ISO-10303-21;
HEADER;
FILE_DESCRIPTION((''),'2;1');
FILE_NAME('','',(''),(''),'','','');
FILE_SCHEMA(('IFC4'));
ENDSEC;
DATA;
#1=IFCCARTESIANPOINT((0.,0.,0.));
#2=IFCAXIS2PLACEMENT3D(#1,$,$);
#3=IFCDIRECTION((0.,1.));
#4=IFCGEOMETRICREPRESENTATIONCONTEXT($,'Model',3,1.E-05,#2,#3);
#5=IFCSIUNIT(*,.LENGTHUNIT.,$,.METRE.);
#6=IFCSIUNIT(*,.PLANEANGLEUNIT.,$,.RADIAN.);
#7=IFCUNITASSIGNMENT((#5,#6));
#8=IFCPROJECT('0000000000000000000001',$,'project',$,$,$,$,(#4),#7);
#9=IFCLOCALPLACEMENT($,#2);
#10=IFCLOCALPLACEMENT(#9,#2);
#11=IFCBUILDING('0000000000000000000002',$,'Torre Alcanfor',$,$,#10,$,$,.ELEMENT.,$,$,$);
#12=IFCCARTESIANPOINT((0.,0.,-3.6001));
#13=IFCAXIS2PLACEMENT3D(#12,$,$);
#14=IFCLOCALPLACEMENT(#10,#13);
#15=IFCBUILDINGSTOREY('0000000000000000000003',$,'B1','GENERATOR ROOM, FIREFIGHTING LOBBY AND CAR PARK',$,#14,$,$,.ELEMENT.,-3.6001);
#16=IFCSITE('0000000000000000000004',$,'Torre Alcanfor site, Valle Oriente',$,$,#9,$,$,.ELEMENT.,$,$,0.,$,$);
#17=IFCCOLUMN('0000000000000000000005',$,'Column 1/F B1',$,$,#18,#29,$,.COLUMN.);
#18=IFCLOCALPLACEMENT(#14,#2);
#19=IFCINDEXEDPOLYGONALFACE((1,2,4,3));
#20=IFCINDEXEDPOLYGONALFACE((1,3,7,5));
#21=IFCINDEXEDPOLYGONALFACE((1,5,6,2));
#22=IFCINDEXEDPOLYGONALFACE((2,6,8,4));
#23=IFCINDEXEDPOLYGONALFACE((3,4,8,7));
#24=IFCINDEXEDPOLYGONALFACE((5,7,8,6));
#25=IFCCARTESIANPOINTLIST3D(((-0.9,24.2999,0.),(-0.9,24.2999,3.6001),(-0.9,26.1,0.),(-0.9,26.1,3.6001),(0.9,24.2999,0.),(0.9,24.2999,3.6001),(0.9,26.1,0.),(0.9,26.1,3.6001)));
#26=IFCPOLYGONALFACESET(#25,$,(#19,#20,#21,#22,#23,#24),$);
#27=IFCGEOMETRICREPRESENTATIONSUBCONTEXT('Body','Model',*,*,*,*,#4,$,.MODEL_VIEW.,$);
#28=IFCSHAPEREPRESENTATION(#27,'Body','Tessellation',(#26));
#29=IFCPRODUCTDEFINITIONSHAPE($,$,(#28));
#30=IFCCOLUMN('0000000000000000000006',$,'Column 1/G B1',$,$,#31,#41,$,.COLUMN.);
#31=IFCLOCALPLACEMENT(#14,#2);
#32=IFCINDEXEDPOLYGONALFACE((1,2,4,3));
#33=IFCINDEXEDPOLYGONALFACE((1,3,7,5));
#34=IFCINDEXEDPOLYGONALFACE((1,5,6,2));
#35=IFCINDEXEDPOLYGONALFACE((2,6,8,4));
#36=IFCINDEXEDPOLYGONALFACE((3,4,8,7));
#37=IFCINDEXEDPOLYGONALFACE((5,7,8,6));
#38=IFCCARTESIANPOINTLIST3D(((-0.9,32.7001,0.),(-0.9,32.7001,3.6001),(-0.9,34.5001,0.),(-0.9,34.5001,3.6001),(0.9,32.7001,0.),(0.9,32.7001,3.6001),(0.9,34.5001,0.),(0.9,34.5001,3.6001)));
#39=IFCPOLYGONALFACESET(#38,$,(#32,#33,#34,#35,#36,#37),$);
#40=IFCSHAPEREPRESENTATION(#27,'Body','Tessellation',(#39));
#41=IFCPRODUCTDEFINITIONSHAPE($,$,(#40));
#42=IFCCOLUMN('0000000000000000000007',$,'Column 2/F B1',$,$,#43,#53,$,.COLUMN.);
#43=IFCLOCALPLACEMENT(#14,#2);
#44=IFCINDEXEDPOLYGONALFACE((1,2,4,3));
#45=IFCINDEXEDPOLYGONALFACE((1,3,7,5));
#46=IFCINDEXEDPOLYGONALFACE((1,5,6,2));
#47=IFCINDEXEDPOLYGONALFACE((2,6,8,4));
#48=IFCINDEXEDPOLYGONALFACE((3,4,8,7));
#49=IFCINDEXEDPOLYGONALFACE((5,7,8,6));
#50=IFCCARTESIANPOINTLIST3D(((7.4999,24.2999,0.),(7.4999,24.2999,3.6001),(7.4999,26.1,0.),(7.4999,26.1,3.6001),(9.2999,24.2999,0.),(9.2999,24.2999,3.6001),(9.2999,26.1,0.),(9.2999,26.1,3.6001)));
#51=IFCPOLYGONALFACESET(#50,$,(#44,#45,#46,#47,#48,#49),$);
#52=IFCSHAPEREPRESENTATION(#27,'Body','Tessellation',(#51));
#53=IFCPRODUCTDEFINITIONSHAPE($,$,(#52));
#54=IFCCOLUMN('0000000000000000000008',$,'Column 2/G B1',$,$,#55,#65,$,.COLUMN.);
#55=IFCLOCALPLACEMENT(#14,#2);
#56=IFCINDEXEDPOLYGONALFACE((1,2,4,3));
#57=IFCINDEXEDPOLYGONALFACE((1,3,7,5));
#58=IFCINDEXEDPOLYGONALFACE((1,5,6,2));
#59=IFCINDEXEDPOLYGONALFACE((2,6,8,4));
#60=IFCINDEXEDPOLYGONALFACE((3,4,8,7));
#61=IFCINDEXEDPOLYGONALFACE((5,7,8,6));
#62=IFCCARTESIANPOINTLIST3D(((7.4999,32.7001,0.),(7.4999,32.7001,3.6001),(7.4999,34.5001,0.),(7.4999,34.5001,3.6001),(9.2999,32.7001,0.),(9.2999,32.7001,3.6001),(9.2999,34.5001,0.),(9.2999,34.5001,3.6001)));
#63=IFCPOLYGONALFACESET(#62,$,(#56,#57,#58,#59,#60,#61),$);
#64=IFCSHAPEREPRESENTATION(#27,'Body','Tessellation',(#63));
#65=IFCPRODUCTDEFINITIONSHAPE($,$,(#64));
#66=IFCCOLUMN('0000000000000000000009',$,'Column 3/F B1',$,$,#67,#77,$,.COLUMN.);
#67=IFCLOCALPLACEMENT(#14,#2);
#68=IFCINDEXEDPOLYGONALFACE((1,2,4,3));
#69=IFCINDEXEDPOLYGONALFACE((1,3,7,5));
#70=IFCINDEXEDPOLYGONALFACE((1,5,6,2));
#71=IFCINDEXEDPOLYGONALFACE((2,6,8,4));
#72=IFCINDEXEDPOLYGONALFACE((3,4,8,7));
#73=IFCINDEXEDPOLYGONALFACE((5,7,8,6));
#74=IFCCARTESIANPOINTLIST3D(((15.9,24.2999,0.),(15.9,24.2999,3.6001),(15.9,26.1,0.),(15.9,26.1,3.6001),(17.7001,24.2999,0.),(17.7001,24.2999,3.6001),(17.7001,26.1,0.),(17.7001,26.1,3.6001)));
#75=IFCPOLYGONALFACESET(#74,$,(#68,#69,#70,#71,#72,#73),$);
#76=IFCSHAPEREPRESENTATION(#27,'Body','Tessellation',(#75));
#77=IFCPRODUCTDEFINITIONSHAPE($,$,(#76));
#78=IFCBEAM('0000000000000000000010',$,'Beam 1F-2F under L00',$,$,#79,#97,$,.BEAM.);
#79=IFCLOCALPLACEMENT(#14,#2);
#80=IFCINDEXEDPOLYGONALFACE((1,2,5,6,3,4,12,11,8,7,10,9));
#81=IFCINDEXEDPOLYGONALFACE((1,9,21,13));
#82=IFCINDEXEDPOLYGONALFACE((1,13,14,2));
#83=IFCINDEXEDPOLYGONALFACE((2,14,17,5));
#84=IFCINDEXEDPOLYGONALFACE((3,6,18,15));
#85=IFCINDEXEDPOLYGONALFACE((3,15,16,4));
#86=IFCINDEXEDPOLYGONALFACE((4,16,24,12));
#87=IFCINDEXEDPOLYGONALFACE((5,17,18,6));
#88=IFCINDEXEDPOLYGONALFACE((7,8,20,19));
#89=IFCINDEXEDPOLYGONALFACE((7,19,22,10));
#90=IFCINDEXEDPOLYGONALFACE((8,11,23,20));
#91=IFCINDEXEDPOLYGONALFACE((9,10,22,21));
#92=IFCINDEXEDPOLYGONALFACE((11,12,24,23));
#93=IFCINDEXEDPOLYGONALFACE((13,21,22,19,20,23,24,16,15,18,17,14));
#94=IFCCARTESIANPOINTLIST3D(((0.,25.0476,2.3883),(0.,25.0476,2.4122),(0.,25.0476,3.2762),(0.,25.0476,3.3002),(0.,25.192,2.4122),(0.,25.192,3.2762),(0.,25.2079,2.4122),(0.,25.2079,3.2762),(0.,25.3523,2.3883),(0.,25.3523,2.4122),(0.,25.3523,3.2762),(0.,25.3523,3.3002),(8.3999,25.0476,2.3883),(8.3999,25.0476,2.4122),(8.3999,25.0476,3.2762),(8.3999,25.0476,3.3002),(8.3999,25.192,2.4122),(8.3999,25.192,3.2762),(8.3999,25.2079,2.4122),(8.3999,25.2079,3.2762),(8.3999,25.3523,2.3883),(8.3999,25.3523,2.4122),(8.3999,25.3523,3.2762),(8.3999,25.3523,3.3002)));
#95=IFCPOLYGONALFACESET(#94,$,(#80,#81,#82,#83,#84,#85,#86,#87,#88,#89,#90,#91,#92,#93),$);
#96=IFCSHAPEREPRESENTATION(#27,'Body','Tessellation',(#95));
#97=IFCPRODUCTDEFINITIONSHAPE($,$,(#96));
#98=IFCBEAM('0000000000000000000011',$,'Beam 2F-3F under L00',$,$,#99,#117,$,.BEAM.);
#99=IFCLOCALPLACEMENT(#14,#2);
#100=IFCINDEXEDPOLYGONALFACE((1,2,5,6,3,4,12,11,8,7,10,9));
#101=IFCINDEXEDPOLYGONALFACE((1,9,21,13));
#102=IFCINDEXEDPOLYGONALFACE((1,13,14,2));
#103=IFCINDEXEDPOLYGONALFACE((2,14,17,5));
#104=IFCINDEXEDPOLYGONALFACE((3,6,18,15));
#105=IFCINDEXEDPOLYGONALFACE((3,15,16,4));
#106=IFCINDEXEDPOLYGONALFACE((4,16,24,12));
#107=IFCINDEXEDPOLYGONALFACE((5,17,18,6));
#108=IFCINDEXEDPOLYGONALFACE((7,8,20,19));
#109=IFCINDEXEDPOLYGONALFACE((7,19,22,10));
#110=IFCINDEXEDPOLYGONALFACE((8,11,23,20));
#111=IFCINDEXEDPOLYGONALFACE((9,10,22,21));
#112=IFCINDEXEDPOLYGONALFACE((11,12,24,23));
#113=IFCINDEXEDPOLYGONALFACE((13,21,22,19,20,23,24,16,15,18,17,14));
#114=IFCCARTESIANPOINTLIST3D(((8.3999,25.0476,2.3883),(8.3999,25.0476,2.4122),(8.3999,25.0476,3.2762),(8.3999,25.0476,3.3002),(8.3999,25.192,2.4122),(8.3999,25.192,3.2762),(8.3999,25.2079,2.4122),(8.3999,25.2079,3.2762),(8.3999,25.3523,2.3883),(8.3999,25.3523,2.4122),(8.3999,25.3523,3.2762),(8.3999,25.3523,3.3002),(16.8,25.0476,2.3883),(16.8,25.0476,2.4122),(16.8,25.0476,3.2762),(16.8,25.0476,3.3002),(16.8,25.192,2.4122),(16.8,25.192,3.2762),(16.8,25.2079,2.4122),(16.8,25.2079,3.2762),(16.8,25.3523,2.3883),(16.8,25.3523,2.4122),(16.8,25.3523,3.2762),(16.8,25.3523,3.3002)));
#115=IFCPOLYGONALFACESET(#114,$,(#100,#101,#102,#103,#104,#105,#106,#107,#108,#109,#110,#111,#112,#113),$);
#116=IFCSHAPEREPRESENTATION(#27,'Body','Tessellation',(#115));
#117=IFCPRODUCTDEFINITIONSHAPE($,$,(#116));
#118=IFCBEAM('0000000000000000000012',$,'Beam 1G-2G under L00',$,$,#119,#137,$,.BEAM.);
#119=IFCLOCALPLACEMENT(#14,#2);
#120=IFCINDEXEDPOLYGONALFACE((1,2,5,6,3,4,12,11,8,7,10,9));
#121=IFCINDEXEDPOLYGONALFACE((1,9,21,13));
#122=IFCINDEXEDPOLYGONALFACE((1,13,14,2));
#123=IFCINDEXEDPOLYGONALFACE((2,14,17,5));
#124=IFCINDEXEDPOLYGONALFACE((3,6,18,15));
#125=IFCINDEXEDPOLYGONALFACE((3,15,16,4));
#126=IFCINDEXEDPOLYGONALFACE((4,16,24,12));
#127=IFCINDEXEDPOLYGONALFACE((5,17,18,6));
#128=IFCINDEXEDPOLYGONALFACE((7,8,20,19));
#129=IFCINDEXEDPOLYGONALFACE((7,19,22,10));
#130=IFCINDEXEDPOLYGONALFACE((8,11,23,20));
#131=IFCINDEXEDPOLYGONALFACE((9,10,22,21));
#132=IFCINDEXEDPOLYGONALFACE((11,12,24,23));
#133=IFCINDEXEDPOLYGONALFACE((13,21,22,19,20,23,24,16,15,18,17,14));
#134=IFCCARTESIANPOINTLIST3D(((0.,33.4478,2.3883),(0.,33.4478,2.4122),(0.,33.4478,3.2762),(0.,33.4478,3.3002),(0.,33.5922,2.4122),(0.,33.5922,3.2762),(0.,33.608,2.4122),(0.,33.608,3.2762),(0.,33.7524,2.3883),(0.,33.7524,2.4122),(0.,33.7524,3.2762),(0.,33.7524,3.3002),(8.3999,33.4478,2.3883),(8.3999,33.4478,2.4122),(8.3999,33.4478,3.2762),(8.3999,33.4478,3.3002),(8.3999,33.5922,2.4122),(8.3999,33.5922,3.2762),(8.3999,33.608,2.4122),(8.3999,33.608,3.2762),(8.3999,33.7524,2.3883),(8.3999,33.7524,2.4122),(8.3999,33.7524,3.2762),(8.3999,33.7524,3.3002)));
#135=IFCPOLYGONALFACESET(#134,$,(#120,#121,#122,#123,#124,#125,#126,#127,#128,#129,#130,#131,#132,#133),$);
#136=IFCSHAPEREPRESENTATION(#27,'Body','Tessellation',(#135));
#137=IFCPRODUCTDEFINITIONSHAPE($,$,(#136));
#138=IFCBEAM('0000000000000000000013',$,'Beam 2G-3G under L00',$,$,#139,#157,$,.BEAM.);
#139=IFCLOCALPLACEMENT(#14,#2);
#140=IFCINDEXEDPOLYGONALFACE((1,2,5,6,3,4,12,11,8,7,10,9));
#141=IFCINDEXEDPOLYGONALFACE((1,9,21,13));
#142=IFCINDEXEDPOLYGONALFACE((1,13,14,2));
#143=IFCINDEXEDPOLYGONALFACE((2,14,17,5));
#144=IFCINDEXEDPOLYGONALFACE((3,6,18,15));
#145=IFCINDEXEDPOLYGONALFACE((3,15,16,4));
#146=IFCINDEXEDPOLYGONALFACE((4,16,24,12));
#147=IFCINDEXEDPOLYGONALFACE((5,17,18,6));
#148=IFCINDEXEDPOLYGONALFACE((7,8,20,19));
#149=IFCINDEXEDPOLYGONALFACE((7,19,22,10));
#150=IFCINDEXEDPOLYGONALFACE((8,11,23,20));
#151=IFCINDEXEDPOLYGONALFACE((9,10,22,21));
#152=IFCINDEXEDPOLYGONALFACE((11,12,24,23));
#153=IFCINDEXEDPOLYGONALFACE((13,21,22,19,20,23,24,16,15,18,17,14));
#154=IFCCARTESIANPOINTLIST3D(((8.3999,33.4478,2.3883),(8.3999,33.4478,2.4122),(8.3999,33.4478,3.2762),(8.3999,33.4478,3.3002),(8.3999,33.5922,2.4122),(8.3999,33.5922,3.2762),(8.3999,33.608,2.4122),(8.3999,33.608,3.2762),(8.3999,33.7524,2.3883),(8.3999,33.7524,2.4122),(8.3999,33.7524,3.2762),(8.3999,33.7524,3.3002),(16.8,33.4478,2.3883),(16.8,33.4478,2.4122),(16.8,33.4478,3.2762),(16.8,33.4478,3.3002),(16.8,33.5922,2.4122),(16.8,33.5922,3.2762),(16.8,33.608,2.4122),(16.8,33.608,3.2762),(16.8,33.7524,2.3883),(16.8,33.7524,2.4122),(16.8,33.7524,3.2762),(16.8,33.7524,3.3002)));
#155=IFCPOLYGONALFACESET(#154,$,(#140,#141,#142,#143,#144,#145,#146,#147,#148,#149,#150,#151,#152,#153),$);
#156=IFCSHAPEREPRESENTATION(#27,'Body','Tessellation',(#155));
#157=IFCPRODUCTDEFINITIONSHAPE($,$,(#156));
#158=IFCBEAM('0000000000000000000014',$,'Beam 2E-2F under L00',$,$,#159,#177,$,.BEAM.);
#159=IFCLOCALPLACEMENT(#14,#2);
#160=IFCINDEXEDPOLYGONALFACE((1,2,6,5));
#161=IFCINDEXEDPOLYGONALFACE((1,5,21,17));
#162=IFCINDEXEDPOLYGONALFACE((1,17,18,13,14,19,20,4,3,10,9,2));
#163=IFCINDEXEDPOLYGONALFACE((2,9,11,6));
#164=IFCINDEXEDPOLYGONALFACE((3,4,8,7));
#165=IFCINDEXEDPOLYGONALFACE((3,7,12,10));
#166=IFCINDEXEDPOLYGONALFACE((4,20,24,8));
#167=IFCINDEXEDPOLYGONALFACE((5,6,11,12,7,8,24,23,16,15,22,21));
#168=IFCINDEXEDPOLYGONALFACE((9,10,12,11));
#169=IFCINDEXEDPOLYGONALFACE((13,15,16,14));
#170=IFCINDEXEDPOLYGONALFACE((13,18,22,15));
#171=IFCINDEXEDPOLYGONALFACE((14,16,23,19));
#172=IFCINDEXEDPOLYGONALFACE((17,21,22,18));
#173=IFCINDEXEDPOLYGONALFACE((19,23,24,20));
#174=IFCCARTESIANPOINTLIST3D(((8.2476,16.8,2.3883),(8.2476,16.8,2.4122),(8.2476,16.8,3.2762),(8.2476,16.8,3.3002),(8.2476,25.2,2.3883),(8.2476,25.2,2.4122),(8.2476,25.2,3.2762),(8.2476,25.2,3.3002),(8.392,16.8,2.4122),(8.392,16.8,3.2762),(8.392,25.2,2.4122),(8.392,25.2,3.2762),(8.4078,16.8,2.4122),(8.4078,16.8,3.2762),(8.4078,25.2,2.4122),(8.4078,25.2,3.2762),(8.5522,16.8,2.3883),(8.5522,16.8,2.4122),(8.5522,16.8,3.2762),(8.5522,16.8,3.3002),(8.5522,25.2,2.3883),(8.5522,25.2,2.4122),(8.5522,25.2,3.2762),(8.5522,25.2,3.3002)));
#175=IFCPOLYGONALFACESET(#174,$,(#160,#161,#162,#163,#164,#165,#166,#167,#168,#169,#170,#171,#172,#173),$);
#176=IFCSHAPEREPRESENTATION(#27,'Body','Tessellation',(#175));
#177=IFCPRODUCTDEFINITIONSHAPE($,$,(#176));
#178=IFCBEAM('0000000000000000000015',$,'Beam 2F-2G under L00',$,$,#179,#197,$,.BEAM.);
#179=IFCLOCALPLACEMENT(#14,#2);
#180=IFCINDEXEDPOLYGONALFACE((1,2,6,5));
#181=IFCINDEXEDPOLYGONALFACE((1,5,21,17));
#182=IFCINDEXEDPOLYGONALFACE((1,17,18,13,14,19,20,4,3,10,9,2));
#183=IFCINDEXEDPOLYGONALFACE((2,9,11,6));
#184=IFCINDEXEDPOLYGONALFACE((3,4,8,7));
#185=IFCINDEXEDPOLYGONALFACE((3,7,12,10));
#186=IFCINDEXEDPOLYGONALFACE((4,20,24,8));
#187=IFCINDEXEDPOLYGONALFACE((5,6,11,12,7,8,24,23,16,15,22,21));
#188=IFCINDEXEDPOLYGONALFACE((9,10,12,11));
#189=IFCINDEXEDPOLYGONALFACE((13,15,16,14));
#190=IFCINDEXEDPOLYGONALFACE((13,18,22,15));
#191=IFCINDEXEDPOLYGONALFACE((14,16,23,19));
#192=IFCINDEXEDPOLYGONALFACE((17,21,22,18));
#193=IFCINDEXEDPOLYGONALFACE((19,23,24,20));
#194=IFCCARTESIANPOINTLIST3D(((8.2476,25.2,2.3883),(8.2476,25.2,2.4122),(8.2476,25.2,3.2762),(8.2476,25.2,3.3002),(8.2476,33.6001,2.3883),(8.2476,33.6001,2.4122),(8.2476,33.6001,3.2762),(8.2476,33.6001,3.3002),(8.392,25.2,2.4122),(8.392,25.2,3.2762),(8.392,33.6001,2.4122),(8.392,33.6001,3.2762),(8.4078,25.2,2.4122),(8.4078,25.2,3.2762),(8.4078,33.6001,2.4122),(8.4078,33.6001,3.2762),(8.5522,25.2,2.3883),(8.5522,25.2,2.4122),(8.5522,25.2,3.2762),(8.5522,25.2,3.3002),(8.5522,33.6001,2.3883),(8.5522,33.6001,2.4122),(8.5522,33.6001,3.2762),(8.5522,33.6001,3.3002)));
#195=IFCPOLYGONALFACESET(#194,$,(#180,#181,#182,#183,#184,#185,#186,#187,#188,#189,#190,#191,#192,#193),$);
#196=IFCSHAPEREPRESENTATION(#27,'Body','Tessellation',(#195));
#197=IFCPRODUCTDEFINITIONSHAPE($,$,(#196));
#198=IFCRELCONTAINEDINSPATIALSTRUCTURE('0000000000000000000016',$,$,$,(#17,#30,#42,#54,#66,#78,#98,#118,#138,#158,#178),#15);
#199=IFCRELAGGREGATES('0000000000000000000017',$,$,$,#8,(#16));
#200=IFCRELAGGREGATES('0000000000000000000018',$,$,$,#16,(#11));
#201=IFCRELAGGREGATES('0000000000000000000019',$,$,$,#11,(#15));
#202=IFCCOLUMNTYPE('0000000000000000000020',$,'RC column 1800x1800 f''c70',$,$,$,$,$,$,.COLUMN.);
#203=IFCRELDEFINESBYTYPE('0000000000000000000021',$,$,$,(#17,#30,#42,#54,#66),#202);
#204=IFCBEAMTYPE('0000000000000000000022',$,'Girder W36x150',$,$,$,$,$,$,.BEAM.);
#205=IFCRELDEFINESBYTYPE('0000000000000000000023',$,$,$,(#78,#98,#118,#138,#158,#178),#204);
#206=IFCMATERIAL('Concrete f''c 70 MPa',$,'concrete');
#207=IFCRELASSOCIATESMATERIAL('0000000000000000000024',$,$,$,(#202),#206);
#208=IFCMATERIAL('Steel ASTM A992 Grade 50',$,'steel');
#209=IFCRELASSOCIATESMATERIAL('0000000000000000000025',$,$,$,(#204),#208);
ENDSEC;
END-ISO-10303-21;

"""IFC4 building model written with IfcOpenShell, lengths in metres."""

from ifc_helpers import new_model, si_unit, direction, frame, origin, origin_2d, place, context, subcontext, project, spatial, rectangle, i_section, extrude, material, material_profile, profile_set, type_object, element, save


model = new_model("IFC4")

# Units and contexts
model_context = context("Model", 3, precision=1e-05, world=origin(), true_north=direction((0.0, 1.0)))
body_context = subcontext(model_context, "Body", "Model", "MODEL_VIEW")
ifc_project = project(units=[si_unit("LENGTHUNIT", "METRE"), si_unit("PLANEANGLEUNIT", "RADIAN")], contexts=[model_context])

# Site, building, storey
site_placement = place(None, origin())
site = spatial("IfcSite", under=ifc_project, at=site_placement, Name="Torre Alcanfor site, Valle Oriente", CompositionType="ELEMENT", RefElevation=0.0)
building_placement = place(site_placement, origin())
building = spatial("IfcBuilding", under=site, at=building_placement, Name="Torre Alcanfor", CompositionType="ELEMENT")
storey_placement = place(building_placement, frame((0.0, 0.0, -3.6001)))
storey = spatial("IfcBuildingStorey", under=building, at=storey_placement, Name="B1", Description="GENERATOR ROOM, FIREFIGHTING LOBBY AND CAR PARK", CompositionType="ELEMENT", Elevation=-3.6001)

# Columns
ifc_material_1 = material(Name="Concrete f'c 70 MPa", Category="concrete")
ifc_material_profile_1 = material_profile(ifc_material_1, rectangle(XDim=1.8, YDim=1.8, at=origin_2d()), Name="1800x1800")
ifc_profile_set_1 = profile_set([ifc_material_profile_1], Name="Concrete f'c 70 MPa")
column_type = type_object("IfcColumnType", Name="RC column 1800x1800 f'c70", PredefinedType="COLUMN", material=ifc_profile_set_1)
for number, where, z_axis, x_axis, name in (
    (1, (0.0, 25.2, 0.0), (0.0, 0.0, 1.0), (1.0, 0.0, 0.0), "Column 1/F B1"),
    (2, (0.0, 33.6001, 0.0), (0.0, 0.0, 1.0), (1.0, 0.0, 0.0), "Column 1/G B1"),
    (3, (8.3999, 25.2, 0.0), (0.0, 0.0, 1.0), (1.0, 0.0, 0.0), "Column 2/F B1"),
    (4, (8.3999, 33.6001, 0.0), (0.0, 0.0, 1.0), (1.0, 0.0, 0.0), "Column 2/G B1"),
    (5, (16.8, 25.2, 0.0), (0.0, 0.0, 1.0), (1.0, 0.0, 0.0), "Column 3/F B1"),
):
    element("IfcColumn", number, at=place(storey_placement, frame(where, z_axis=z_axis, x_axis=x_axis)), inside=storey, type_object=column_type, Name=name, PredefinedType="COLUMN", context=body_context, shape_type="SweptSolid", body=[
        extrude(rectangle(XDim=1.8, YDim=1.8, at=origin_2d()), origin(), (0.0, 0.0, 1.0), 3.6001),
    ])

# Beams
ifc_material_2 = material(Name="Steel ASTM A992 Grade 50", Category="steel")
ifc_material_profile_2 = material_profile(ifc_material_2, i_section(OverallWidth=0.3047, OverallDepth=0.9119, WebThickness=0.0159, FlangeThickness=0.0239, at=origin_2d()), Name="W36x150")
ifc_profile_set_2 = profile_set([ifc_material_profile_2], Name="Steel ASTM A992 Grade 50")
beam_type_1 = type_object("IfcBeamType", Name="Girder W36x150", PredefinedType="BEAM", material=ifc_profile_set_2)
beam_1_placement = place(storey_placement, frame((0.0, 25.2, 2.8442), z_axis=(1.0, 0.0, 0.0), x_axis=(0.0, 1.0, 0.0)))
element("IfcBeam", 6, at=beam_1_placement, inside=storey, type_object=beam_type_1, Name="Beam 1F-2F under L00", PredefinedType="BEAM", context=body_context, shape_type="SweptSolid", body=[
    extrude(i_section(OverallWidth=0.3047, OverallDepth=0.9119, WebThickness=0.0159, FlangeThickness=0.0239, at=origin_2d()), origin(), (0.0, 0.0, 1.0), 8.3999),
])
beam_2_placement = place(storey_placement, frame((8.3999, 25.2, 2.8442), z_axis=(1.0, 0.0, 0.0), x_axis=(0.0, 1.0, 0.0)))
element("IfcBeam", 7, at=beam_2_placement, inside=storey, type_object=beam_type_1, Name="Beam 2F-3F under L00", PredefinedType="BEAM", context=body_context, shape_type="SweptSolid", body=[
    extrude(i_section(OverallWidth=0.3047, OverallDepth=0.9119, WebThickness=0.0159, FlangeThickness=0.0239, at=origin_2d()), origin(), (0.0, 0.0, 1.0), 8.4001),
])
beam_3_placement = place(storey_placement, frame((0.0, 33.6001, 2.8442), z_axis=(1.0, 0.0, 0.0), x_axis=(0.0, 1.0, 0.0)))
element("IfcBeam", 8, at=beam_3_placement, inside=storey, type_object=beam_type_1, Name="Beam 1G-2G under L00", PredefinedType="BEAM", context=body_context, shape_type="SweptSolid", body=[
    extrude(i_section(OverallWidth=0.3047, OverallDepth=0.9119, WebThickness=0.0159, FlangeThickness=0.0239, at=origin_2d()), origin(), (0.0, 0.0, 1.0), 8.3999),
])
beam_4_placement = place(storey_placement, frame((8.3999, 33.6001, 2.8442), z_axis=(1.0, 0.0, 0.0), x_axis=(0.0, 1.0, 0.0)))
element("IfcBeam", 9, at=beam_4_placement, inside=storey, type_object=beam_type_1, Name="Beam 2G-3G under L00", PredefinedType="BEAM", context=body_context, shape_type="SweptSolid", body=[
    extrude(i_section(OverallWidth=0.3047, OverallDepth=0.9119, WebThickness=0.0159, FlangeThickness=0.0239, at=origin_2d()), origin(), (0.0, 0.0, 1.0), 8.4001),
])
beam_5_placement = place(storey_placement, frame((8.3999, 16.8, 2.8442), z_axis=(0.0, 1.0, 0.0), x_axis=(-1.0, 0.0, 0.0)))
element("IfcBeam", 10, at=beam_5_placement, inside=storey, type_object=beam_type_1, Name="Beam 2E-2F under L00", PredefinedType="BEAM", context=body_context, shape_type="SweptSolid", body=[
    extrude(i_section(OverallWidth=0.3047, OverallDepth=0.9119, WebThickness=0.0159, FlangeThickness=0.0239, at=origin_2d()), origin(), (0.0, 0.0, 1.0), 8.3999),
])
beam_6_placement = place(storey_placement, frame((8.3999, 25.2, 2.8442), z_axis=(0.0, 1.0, 0.0), x_axis=(-1.0, 0.0, 0.0)))
element("IfcBeam", 11, at=beam_6_placement, inside=storey, type_object=beam_type_1, Name="Beam 2F-2G under L00", PredefinedType="BEAM", context=body_context, shape_type="SweptSolid", body=[
    extrude(i_section(OverallWidth=0.3047, OverallDepth=0.9119, WebThickness=0.0159, FlangeThickness=0.0239, at=origin_2d()), origin(), (0.0, 0.0, 1.0), 8.4001),
])

save(model, "model.ifc")
